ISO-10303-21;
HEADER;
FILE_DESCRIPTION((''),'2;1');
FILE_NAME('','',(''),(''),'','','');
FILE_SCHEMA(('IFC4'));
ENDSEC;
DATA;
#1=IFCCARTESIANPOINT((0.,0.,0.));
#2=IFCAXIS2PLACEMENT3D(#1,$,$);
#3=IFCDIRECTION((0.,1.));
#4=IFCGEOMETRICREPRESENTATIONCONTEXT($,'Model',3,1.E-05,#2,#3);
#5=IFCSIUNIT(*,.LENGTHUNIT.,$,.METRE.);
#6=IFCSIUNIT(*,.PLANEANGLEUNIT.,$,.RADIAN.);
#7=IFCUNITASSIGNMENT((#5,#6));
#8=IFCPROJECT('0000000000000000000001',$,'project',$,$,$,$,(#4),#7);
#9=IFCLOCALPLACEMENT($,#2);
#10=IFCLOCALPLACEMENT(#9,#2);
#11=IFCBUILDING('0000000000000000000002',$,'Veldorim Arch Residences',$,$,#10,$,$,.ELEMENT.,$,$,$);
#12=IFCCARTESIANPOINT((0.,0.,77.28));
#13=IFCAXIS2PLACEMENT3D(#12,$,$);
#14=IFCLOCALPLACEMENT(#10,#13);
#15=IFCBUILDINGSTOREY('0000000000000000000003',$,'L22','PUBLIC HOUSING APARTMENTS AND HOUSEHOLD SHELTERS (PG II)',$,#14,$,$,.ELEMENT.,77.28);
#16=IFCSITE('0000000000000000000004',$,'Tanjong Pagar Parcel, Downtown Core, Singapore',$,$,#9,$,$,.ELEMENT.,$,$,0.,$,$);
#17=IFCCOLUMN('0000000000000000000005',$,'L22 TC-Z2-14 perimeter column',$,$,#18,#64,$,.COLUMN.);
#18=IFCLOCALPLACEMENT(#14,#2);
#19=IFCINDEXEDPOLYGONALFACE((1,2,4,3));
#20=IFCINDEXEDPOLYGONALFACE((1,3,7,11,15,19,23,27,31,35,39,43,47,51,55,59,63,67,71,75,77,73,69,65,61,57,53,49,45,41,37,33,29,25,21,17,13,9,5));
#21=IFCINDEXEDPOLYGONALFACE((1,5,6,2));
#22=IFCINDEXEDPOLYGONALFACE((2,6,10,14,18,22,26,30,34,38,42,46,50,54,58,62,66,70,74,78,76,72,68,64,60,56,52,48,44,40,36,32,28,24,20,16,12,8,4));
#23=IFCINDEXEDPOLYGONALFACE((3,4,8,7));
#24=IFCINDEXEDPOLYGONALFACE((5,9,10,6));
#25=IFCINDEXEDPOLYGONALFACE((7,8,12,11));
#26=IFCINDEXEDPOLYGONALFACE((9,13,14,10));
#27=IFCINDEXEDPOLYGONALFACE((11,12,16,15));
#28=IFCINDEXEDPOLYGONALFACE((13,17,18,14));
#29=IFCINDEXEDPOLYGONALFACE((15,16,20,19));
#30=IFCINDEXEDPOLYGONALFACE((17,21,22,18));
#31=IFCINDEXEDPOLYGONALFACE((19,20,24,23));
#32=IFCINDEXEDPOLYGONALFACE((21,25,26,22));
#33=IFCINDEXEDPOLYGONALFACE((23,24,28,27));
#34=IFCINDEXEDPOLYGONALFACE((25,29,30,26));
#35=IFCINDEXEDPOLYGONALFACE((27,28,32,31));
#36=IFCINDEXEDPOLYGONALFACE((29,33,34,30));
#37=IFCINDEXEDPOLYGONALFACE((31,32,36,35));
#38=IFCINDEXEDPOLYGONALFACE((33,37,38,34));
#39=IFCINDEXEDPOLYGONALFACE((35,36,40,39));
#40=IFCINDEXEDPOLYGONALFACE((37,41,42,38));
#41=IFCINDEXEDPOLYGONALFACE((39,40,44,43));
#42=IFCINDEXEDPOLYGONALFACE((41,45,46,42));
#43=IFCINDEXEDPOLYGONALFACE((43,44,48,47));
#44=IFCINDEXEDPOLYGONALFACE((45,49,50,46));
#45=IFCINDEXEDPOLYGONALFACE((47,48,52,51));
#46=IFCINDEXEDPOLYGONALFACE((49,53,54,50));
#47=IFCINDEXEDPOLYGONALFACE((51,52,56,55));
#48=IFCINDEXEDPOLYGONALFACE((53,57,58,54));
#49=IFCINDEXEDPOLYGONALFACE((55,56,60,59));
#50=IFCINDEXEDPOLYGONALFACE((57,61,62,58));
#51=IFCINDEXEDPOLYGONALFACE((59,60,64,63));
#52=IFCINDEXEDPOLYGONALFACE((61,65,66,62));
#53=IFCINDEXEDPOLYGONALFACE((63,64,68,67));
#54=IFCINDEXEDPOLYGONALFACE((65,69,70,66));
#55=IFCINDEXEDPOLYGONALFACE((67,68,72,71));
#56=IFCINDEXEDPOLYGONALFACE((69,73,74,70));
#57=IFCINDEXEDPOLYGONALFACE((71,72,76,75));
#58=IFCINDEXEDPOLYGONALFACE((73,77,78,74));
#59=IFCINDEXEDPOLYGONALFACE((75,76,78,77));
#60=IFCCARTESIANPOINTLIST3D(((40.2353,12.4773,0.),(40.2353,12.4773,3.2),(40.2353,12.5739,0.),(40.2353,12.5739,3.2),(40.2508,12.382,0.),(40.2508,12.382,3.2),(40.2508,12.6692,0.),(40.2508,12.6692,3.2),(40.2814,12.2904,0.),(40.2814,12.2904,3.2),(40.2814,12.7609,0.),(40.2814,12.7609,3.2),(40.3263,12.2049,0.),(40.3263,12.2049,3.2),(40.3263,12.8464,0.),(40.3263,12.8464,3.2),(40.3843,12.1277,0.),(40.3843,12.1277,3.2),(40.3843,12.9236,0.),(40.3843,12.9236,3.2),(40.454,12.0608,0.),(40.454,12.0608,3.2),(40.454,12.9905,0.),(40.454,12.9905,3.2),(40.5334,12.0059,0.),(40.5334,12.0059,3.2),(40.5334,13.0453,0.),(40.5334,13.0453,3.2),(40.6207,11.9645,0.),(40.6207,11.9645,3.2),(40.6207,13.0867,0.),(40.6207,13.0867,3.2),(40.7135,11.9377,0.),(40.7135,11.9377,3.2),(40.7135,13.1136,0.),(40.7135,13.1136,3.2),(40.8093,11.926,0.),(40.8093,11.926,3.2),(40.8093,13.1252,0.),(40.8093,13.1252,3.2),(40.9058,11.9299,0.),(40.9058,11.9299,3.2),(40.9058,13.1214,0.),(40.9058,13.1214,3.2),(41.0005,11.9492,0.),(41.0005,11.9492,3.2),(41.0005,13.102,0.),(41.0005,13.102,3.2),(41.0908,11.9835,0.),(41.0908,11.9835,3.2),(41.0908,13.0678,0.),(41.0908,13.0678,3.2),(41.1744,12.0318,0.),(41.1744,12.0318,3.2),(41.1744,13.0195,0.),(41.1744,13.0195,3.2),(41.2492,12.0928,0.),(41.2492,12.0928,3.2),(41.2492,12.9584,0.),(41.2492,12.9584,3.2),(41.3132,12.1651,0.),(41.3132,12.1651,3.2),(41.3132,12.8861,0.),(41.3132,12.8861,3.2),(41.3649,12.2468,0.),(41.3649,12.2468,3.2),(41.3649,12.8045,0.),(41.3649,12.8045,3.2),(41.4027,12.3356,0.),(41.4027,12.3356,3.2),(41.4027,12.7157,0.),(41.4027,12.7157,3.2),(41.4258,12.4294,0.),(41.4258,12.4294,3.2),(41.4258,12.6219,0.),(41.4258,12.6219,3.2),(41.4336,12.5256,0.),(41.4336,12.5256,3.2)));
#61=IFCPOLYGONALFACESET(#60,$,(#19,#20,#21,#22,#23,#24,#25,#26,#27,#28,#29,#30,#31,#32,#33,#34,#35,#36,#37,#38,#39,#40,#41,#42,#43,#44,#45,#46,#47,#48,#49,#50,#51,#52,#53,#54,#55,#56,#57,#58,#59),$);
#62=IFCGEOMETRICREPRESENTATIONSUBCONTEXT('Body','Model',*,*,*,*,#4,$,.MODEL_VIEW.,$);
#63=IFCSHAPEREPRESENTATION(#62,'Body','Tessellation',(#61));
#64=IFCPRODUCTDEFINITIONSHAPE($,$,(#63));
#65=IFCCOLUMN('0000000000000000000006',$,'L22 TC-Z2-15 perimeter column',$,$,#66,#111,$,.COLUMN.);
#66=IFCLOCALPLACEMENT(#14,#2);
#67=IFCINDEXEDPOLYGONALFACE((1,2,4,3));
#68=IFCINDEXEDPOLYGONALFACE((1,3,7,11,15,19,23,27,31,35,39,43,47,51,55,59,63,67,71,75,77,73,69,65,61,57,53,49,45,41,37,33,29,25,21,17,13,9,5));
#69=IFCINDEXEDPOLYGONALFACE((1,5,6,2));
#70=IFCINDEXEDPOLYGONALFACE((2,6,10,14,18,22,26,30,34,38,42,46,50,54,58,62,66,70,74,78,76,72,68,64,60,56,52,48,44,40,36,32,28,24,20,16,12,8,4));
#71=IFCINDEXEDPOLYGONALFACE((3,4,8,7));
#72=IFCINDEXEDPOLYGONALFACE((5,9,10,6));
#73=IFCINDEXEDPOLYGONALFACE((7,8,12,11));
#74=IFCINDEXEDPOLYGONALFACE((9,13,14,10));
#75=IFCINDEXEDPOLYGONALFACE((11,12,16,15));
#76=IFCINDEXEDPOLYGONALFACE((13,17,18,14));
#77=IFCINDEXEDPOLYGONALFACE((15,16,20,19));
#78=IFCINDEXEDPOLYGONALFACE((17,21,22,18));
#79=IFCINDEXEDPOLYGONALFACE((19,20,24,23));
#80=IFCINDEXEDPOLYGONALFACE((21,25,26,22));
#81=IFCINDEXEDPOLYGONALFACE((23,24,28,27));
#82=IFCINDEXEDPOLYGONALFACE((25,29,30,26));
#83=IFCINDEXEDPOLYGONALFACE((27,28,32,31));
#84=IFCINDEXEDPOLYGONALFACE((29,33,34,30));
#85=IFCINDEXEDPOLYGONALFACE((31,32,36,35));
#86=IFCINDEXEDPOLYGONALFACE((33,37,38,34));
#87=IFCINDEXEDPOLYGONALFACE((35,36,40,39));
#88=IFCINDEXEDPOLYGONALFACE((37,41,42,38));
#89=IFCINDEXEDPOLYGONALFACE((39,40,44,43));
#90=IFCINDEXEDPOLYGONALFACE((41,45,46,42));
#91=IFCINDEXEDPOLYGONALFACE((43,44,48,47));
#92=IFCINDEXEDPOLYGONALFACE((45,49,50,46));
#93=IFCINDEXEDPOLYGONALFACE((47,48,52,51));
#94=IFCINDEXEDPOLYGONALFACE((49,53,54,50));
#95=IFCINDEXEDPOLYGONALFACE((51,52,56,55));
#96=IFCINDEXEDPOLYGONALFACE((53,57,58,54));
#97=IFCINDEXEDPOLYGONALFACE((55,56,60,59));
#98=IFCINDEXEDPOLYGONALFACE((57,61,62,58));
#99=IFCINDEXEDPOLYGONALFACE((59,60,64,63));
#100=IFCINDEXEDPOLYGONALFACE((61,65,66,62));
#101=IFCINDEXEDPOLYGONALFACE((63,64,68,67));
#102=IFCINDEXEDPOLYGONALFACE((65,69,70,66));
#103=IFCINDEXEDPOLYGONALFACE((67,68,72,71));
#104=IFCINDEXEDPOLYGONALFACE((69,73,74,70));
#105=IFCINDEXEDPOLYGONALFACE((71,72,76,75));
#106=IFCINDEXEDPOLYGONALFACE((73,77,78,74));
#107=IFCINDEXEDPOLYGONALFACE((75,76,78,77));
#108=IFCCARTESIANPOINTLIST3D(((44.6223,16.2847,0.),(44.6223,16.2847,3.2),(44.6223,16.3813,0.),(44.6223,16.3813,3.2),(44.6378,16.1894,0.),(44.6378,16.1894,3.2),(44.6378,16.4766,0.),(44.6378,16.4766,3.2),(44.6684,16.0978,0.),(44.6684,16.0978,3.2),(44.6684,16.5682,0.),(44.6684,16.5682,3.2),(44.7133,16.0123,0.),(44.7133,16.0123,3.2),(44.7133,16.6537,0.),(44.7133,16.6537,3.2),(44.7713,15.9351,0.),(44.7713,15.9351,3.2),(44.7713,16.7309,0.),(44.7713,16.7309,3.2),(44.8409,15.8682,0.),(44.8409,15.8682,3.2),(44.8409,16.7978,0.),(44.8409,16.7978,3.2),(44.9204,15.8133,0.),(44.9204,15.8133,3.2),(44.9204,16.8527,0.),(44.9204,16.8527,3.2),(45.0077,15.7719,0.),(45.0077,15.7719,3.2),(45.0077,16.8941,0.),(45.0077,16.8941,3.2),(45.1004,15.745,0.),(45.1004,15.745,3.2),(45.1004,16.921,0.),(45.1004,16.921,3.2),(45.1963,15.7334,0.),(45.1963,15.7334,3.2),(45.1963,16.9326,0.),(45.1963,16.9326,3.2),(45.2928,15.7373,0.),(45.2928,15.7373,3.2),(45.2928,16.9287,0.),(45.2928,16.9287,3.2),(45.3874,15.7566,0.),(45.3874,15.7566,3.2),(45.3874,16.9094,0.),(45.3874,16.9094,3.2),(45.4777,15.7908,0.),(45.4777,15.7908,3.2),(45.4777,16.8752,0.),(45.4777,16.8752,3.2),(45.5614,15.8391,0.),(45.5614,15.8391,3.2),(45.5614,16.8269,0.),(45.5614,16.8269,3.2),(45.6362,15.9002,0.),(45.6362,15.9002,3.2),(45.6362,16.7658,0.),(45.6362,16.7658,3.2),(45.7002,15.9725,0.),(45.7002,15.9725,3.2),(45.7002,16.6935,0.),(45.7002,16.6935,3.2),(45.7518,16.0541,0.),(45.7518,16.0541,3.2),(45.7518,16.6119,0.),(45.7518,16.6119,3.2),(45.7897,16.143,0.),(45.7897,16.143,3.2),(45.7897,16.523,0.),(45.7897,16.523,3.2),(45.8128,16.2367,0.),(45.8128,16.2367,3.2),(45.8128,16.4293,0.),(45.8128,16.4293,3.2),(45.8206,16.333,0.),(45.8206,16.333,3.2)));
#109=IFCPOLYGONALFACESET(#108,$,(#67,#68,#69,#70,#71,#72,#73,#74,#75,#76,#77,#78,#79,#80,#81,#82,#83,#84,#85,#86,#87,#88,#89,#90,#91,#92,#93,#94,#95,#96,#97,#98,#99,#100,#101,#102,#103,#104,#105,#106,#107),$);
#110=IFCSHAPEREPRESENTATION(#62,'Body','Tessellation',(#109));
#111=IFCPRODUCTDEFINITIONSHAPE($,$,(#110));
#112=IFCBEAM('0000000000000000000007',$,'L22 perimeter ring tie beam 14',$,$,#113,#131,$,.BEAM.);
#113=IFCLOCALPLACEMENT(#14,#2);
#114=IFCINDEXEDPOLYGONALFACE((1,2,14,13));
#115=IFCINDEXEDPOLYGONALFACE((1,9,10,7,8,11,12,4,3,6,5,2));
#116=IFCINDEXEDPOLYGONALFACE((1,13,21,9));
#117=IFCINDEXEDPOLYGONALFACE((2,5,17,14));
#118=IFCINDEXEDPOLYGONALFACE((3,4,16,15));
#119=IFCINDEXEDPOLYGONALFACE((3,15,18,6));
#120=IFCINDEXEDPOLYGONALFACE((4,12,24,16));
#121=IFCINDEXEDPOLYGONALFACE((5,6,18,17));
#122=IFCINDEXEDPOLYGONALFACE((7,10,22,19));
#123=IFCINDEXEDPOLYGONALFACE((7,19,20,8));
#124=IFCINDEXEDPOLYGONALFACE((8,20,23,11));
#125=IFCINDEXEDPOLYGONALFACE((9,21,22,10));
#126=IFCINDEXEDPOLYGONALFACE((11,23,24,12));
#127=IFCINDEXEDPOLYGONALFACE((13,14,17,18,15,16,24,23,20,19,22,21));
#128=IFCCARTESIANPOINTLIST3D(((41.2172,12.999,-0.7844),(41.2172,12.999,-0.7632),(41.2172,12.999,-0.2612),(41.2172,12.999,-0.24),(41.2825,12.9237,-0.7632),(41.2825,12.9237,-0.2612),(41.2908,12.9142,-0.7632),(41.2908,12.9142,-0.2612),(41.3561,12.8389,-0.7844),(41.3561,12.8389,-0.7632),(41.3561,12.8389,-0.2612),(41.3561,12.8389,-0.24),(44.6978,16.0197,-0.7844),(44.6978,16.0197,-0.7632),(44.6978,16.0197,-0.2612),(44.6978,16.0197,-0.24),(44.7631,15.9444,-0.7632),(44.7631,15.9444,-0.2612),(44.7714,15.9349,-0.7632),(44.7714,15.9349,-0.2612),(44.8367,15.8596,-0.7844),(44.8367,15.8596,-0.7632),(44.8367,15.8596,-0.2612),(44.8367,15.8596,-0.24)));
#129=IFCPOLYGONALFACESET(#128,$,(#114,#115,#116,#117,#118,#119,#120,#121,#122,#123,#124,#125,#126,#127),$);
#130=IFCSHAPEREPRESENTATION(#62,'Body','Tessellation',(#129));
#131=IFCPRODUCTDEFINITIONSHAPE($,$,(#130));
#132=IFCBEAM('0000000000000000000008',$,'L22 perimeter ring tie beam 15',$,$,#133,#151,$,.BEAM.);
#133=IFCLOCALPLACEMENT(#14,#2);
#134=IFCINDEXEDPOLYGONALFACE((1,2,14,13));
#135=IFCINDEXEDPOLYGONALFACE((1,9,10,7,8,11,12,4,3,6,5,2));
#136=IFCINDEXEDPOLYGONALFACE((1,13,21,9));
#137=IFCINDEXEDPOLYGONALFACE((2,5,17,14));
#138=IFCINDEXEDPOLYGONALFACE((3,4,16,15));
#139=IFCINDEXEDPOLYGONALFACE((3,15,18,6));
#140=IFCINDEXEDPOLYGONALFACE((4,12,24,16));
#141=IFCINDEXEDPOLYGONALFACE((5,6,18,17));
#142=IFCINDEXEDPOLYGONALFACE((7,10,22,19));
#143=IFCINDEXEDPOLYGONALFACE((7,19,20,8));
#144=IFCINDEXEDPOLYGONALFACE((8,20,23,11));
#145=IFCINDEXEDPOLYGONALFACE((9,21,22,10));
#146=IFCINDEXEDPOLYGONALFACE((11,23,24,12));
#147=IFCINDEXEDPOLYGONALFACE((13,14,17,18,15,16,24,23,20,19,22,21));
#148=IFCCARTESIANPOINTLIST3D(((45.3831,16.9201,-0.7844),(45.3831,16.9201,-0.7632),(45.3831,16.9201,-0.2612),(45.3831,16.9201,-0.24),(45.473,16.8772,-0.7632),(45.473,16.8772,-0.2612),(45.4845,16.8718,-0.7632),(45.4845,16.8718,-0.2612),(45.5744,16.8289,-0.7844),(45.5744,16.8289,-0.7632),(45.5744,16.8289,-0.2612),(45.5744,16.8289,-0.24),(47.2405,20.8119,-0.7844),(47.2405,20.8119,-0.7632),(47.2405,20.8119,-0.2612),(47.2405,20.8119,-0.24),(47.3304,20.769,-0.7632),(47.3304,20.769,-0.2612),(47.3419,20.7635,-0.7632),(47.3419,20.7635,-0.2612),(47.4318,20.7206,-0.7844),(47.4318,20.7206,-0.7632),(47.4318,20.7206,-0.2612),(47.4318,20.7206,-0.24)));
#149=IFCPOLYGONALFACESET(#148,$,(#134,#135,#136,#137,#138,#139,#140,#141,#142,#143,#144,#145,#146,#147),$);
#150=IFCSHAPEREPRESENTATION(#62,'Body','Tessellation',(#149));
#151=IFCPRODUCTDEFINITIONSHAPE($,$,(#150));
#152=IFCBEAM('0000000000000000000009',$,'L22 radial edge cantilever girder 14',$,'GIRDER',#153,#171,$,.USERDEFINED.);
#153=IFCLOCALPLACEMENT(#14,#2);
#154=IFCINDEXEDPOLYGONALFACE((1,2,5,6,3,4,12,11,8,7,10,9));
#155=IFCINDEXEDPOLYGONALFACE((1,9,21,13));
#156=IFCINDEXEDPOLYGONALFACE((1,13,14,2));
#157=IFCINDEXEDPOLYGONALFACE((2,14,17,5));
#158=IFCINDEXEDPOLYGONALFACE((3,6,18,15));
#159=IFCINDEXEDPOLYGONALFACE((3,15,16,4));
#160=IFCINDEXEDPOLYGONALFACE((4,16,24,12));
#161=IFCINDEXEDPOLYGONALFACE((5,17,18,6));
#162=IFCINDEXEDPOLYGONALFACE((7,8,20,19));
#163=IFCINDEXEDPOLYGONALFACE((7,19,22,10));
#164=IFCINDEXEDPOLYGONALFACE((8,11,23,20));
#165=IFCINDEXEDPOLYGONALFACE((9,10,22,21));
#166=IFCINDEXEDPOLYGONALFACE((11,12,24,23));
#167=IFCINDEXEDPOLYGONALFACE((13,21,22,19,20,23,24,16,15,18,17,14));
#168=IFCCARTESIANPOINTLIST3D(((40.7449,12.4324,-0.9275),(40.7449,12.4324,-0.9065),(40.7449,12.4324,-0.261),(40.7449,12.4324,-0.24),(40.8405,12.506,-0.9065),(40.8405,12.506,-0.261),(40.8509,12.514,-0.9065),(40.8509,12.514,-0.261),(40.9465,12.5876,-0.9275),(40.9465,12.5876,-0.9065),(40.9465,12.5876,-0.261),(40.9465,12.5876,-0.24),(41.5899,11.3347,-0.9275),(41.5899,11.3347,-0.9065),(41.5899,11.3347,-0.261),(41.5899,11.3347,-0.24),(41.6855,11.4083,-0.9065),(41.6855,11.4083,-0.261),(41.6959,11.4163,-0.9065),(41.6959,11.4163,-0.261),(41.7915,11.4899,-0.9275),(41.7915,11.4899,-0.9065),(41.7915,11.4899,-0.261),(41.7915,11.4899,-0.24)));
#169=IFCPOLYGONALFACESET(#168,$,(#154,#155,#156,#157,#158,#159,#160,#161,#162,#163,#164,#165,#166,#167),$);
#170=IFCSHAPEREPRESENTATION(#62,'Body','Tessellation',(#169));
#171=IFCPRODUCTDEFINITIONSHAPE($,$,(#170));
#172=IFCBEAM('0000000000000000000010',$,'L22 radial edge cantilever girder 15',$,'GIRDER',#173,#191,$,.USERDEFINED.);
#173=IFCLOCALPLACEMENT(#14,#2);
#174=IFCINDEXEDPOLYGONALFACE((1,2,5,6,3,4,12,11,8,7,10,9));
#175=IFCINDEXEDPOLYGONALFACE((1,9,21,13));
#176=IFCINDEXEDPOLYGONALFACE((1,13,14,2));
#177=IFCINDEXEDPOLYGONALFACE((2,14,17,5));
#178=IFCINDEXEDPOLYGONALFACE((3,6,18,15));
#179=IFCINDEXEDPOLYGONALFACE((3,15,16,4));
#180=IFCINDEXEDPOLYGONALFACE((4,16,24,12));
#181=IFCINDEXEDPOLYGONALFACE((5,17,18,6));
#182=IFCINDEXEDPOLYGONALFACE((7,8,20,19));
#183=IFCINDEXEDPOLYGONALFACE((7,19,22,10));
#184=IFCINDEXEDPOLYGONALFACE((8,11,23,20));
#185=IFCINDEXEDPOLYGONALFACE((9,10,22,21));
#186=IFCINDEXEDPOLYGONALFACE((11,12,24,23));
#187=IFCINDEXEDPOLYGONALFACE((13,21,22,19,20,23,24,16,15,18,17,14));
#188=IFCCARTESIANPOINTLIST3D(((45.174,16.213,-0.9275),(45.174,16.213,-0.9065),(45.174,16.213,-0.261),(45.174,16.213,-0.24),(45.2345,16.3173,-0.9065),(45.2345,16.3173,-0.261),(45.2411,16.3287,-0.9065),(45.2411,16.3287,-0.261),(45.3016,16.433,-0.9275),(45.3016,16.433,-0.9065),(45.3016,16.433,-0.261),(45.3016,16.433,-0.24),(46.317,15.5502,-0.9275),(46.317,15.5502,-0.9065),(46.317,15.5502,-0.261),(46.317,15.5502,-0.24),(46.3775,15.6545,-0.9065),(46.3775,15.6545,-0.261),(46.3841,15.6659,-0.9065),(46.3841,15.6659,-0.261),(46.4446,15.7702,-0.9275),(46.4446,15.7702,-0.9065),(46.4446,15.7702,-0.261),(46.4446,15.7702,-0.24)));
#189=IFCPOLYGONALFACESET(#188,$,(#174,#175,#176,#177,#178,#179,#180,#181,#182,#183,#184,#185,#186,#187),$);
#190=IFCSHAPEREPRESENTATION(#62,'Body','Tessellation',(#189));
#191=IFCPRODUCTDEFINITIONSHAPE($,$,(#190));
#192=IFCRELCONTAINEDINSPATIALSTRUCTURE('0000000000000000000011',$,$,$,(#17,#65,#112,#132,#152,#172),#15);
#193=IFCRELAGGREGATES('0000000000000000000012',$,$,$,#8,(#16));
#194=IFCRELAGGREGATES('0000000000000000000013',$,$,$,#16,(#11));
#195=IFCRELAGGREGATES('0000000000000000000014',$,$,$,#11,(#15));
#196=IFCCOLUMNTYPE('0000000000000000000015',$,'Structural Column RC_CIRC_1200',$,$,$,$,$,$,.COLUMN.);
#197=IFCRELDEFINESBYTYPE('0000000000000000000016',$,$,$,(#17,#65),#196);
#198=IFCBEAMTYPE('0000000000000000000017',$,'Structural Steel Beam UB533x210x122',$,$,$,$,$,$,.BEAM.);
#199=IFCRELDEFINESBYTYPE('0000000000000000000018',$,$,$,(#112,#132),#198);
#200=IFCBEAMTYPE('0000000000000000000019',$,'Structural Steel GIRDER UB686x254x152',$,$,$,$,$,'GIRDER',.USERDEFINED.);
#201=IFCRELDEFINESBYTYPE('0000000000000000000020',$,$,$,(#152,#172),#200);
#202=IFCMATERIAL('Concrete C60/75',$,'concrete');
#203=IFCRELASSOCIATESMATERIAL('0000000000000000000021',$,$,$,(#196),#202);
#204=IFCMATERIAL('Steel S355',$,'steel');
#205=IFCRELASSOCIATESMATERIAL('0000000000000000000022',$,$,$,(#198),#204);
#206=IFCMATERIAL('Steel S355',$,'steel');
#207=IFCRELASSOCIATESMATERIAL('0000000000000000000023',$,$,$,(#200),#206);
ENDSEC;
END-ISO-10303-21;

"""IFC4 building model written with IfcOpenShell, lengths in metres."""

from ifc_helpers import new_model, si_unit, direction, frame, origin, origin_2d, place, context, subcontext, project, spatial, circle, i_section, extrude, material, material_profile, profile_set, type_object, element, save


model = new_model("IFC4")

# Units and contexts
model_context = context("Model", 3, precision=1e-05, world=origin(), true_north=direction((0.0, 1.0)))
body_context = subcontext(model_context, "Body", "Model", "MODEL_VIEW")
ifc_project = project(units=[si_unit("LENGTHUNIT", "METRE"), si_unit("PLANEANGLEUNIT", "RADIAN")], contexts=[model_context])

# Site, building, storey
site_placement = place(None, origin())
site = spatial("IfcSite", under=ifc_project, at=site_placement, Name="Tanjong Pagar Parcel, Downtown Core, Singapore", CompositionType="ELEMENT", RefElevation=0.0)
building_placement = place(site_placement, origin())
building = spatial("IfcBuilding", under=site, at=building_placement, Name="Veldorim Arch Residences", CompositionType="ELEMENT")
storey_placement = place(building_placement, frame((0.0, 0.0, 77.28)))
storey = spatial("IfcBuildingStorey", under=building, at=storey_placement, Name="L22", Description="PUBLIC HOUSING APARTMENTS AND HOUSEHOLD SHELTERS (PG II)", CompositionType="ELEMENT", Elevation=77.28)

# Columns
ifc_material_1 = material(Name="Concrete C60/75", Category="concrete")
ifc_material_profile_1 = material_profile(ifc_material_1, circle(Radius=0.6001, at=origin_2d()), Name="RC_CIRC_1200")
ifc_profile_set_1 = profile_set([ifc_material_profile_1], Name="Concrete C60/75")
column_type = type_object("IfcColumnType", Name="Structural Column RC_CIRC_1200", PredefinedType="COLUMN", material=ifc_profile_set_1)
for number, where, z_axis, x_axis, name in (
    (1, (40.8335, 12.5256, 0.0), (0.0, 0.0, 1.0), (1.0, 0.0, 0.0), "L22 TC-Z2-14 perimeter column"),
    (2, (45.2205, 16.333, 0.0), (0.0, 0.0, 1.0), (1.0, 0.0, 0.0), "L22 TC-Z2-15 perimeter column"),
):
    element("IfcColumn", number, at=place(storey_placement, frame(where, z_axis=z_axis, x_axis=x_axis)), inside=storey, type_object=column_type, Name=name, PredefinedType="COLUMN", context=body_context, shape_type="SweptSolid", body=[
        extrude(circle(Radius=0.6001, at=origin_2d()), origin(), (0.0, 0.0, 1.0), 3.2),
    ])

# Beams
ifc_material_2 = material(Name="Steel S355", Category="steel")
ifc_material_profile_2 = material_profile(ifc_material_2, i_section(OverallWidth=0.2119, OverallDepth=0.5444, WebThickness=0.0127, FlangeThickness=0.0212, at=origin_2d()), Name="UB533x210x122")
ifc_profile_set_2 = profile_set([ifc_material_profile_2], Name="Steel S355")
beam_type_1 = type_object("IfcBeamType", Name="Structural Steel Beam UB533x210x122", PredefinedType="BEAM", material=ifc_profile_set_2)
beam_1_placement = place(storey_placement, frame((41.2866, 12.9189, -0.5122), z_axis=(0.755245, 0.655443, 0.0), x_axis=(-0.655443, 0.755245, 0.0)))
element("IfcBeam", 3, at=beam_1_placement, inside=storey, type_object=beam_type_1, Name="L22 perimeter ring tie beam 14", PredefinedType="BEAM", context=body_context, shape_type="SweptSolid", body=[
    extrude(i_section(OverallWidth=0.2119, OverallDepth=0.5444, WebThickness=0.0127, FlangeThickness=0.0212, at=origin_2d()), origin(), (0.0, 0.0, 1.0), 4.6086),
])
beam_2_placement = place(storey_placement, frame((45.4788, 16.8745, -0.5122), z_axis=(0.43072, 0.902486, 0.0), x_axis=(-0.902486, 0.43072, 0.0)))
element("IfcBeam", 4, at=beam_2_placement, inside=storey, type_object=beam_type_1, Name="L22 perimeter ring tie beam 15", PredefinedType="BEAM", context=body_context, shape_type="SweptSolid", body=[
    extrude(i_section(OverallWidth=0.2119, OverallDepth=0.5444, WebThickness=0.0127, FlangeThickness=0.0212, at=origin_2d()), origin(), (0.0, 0.0, 1.0), 4.3123),
])
ifc_material_3 = material(Name="Steel S355", Category="steel")
ifc_material_profile_3 = material_profile(ifc_material_3, i_section(OverallWidth=0.2544, OverallDepth=0.6875, WebThickness=0.0132, FlangeThickness=0.021, at=origin_2d()), Name="UB686x254x152")
ifc_profile_set_3 = profile_set([ifc_material_profile_3], Name="Steel S355")
beam_type_2 = type_object("IfcBeamType", Name="Structural Steel GIRDER UB686x254x152", ElementType="GIRDER", PredefinedType="USERDEFINED", material=ifc_profile_set_3)
beam_3_placement = place(storey_placement, frame((40.8457, 12.51, -0.5837), z_axis=(0.609992, -0.792408, 0.0), x_axis=(0.792408, 0.609992, 0.0)))
element("IfcBeam", 5, at=beam_3_placement, inside=storey, type_object=beam_type_2, Name="L22 radial edge cantilever girder 14", ObjectType="GIRDER", PredefinedType="USERDEFINED", context=body_context, shape_type="SweptSolid", body=[
    extrude(i_section(OverallWidth=0.2544, OverallDepth=0.6875, WebThickness=0.0132, FlangeThickness=0.021, at=origin_2d()), origin(), (0.0, 0.0, 1.0), 1.3853),
])
beam_4_placement = place(storey_placement, frame((45.2378, 16.323, -0.5837), z_axis=(0.865076, -0.501641, 0.0), x_axis=(0.501641, 0.865076, 0.0)))
element("IfcBeam", 6, at=beam_4_placement, inside=storey, type_object=beam_type_2, Name="L22 radial edge cantilever girder 15", ObjectType="GIRDER", PredefinedType="USERDEFINED", context=body_context, shape_type="SweptSolid", body=[
    extrude(i_section(OverallWidth=0.2544, OverallDepth=0.6875, WebThickness=0.0132, FlangeThickness=0.021, at=origin_2d()), origin(), (0.0, 0.0, 1.0), 1.3213),
])

save(model, "model.ifc")
